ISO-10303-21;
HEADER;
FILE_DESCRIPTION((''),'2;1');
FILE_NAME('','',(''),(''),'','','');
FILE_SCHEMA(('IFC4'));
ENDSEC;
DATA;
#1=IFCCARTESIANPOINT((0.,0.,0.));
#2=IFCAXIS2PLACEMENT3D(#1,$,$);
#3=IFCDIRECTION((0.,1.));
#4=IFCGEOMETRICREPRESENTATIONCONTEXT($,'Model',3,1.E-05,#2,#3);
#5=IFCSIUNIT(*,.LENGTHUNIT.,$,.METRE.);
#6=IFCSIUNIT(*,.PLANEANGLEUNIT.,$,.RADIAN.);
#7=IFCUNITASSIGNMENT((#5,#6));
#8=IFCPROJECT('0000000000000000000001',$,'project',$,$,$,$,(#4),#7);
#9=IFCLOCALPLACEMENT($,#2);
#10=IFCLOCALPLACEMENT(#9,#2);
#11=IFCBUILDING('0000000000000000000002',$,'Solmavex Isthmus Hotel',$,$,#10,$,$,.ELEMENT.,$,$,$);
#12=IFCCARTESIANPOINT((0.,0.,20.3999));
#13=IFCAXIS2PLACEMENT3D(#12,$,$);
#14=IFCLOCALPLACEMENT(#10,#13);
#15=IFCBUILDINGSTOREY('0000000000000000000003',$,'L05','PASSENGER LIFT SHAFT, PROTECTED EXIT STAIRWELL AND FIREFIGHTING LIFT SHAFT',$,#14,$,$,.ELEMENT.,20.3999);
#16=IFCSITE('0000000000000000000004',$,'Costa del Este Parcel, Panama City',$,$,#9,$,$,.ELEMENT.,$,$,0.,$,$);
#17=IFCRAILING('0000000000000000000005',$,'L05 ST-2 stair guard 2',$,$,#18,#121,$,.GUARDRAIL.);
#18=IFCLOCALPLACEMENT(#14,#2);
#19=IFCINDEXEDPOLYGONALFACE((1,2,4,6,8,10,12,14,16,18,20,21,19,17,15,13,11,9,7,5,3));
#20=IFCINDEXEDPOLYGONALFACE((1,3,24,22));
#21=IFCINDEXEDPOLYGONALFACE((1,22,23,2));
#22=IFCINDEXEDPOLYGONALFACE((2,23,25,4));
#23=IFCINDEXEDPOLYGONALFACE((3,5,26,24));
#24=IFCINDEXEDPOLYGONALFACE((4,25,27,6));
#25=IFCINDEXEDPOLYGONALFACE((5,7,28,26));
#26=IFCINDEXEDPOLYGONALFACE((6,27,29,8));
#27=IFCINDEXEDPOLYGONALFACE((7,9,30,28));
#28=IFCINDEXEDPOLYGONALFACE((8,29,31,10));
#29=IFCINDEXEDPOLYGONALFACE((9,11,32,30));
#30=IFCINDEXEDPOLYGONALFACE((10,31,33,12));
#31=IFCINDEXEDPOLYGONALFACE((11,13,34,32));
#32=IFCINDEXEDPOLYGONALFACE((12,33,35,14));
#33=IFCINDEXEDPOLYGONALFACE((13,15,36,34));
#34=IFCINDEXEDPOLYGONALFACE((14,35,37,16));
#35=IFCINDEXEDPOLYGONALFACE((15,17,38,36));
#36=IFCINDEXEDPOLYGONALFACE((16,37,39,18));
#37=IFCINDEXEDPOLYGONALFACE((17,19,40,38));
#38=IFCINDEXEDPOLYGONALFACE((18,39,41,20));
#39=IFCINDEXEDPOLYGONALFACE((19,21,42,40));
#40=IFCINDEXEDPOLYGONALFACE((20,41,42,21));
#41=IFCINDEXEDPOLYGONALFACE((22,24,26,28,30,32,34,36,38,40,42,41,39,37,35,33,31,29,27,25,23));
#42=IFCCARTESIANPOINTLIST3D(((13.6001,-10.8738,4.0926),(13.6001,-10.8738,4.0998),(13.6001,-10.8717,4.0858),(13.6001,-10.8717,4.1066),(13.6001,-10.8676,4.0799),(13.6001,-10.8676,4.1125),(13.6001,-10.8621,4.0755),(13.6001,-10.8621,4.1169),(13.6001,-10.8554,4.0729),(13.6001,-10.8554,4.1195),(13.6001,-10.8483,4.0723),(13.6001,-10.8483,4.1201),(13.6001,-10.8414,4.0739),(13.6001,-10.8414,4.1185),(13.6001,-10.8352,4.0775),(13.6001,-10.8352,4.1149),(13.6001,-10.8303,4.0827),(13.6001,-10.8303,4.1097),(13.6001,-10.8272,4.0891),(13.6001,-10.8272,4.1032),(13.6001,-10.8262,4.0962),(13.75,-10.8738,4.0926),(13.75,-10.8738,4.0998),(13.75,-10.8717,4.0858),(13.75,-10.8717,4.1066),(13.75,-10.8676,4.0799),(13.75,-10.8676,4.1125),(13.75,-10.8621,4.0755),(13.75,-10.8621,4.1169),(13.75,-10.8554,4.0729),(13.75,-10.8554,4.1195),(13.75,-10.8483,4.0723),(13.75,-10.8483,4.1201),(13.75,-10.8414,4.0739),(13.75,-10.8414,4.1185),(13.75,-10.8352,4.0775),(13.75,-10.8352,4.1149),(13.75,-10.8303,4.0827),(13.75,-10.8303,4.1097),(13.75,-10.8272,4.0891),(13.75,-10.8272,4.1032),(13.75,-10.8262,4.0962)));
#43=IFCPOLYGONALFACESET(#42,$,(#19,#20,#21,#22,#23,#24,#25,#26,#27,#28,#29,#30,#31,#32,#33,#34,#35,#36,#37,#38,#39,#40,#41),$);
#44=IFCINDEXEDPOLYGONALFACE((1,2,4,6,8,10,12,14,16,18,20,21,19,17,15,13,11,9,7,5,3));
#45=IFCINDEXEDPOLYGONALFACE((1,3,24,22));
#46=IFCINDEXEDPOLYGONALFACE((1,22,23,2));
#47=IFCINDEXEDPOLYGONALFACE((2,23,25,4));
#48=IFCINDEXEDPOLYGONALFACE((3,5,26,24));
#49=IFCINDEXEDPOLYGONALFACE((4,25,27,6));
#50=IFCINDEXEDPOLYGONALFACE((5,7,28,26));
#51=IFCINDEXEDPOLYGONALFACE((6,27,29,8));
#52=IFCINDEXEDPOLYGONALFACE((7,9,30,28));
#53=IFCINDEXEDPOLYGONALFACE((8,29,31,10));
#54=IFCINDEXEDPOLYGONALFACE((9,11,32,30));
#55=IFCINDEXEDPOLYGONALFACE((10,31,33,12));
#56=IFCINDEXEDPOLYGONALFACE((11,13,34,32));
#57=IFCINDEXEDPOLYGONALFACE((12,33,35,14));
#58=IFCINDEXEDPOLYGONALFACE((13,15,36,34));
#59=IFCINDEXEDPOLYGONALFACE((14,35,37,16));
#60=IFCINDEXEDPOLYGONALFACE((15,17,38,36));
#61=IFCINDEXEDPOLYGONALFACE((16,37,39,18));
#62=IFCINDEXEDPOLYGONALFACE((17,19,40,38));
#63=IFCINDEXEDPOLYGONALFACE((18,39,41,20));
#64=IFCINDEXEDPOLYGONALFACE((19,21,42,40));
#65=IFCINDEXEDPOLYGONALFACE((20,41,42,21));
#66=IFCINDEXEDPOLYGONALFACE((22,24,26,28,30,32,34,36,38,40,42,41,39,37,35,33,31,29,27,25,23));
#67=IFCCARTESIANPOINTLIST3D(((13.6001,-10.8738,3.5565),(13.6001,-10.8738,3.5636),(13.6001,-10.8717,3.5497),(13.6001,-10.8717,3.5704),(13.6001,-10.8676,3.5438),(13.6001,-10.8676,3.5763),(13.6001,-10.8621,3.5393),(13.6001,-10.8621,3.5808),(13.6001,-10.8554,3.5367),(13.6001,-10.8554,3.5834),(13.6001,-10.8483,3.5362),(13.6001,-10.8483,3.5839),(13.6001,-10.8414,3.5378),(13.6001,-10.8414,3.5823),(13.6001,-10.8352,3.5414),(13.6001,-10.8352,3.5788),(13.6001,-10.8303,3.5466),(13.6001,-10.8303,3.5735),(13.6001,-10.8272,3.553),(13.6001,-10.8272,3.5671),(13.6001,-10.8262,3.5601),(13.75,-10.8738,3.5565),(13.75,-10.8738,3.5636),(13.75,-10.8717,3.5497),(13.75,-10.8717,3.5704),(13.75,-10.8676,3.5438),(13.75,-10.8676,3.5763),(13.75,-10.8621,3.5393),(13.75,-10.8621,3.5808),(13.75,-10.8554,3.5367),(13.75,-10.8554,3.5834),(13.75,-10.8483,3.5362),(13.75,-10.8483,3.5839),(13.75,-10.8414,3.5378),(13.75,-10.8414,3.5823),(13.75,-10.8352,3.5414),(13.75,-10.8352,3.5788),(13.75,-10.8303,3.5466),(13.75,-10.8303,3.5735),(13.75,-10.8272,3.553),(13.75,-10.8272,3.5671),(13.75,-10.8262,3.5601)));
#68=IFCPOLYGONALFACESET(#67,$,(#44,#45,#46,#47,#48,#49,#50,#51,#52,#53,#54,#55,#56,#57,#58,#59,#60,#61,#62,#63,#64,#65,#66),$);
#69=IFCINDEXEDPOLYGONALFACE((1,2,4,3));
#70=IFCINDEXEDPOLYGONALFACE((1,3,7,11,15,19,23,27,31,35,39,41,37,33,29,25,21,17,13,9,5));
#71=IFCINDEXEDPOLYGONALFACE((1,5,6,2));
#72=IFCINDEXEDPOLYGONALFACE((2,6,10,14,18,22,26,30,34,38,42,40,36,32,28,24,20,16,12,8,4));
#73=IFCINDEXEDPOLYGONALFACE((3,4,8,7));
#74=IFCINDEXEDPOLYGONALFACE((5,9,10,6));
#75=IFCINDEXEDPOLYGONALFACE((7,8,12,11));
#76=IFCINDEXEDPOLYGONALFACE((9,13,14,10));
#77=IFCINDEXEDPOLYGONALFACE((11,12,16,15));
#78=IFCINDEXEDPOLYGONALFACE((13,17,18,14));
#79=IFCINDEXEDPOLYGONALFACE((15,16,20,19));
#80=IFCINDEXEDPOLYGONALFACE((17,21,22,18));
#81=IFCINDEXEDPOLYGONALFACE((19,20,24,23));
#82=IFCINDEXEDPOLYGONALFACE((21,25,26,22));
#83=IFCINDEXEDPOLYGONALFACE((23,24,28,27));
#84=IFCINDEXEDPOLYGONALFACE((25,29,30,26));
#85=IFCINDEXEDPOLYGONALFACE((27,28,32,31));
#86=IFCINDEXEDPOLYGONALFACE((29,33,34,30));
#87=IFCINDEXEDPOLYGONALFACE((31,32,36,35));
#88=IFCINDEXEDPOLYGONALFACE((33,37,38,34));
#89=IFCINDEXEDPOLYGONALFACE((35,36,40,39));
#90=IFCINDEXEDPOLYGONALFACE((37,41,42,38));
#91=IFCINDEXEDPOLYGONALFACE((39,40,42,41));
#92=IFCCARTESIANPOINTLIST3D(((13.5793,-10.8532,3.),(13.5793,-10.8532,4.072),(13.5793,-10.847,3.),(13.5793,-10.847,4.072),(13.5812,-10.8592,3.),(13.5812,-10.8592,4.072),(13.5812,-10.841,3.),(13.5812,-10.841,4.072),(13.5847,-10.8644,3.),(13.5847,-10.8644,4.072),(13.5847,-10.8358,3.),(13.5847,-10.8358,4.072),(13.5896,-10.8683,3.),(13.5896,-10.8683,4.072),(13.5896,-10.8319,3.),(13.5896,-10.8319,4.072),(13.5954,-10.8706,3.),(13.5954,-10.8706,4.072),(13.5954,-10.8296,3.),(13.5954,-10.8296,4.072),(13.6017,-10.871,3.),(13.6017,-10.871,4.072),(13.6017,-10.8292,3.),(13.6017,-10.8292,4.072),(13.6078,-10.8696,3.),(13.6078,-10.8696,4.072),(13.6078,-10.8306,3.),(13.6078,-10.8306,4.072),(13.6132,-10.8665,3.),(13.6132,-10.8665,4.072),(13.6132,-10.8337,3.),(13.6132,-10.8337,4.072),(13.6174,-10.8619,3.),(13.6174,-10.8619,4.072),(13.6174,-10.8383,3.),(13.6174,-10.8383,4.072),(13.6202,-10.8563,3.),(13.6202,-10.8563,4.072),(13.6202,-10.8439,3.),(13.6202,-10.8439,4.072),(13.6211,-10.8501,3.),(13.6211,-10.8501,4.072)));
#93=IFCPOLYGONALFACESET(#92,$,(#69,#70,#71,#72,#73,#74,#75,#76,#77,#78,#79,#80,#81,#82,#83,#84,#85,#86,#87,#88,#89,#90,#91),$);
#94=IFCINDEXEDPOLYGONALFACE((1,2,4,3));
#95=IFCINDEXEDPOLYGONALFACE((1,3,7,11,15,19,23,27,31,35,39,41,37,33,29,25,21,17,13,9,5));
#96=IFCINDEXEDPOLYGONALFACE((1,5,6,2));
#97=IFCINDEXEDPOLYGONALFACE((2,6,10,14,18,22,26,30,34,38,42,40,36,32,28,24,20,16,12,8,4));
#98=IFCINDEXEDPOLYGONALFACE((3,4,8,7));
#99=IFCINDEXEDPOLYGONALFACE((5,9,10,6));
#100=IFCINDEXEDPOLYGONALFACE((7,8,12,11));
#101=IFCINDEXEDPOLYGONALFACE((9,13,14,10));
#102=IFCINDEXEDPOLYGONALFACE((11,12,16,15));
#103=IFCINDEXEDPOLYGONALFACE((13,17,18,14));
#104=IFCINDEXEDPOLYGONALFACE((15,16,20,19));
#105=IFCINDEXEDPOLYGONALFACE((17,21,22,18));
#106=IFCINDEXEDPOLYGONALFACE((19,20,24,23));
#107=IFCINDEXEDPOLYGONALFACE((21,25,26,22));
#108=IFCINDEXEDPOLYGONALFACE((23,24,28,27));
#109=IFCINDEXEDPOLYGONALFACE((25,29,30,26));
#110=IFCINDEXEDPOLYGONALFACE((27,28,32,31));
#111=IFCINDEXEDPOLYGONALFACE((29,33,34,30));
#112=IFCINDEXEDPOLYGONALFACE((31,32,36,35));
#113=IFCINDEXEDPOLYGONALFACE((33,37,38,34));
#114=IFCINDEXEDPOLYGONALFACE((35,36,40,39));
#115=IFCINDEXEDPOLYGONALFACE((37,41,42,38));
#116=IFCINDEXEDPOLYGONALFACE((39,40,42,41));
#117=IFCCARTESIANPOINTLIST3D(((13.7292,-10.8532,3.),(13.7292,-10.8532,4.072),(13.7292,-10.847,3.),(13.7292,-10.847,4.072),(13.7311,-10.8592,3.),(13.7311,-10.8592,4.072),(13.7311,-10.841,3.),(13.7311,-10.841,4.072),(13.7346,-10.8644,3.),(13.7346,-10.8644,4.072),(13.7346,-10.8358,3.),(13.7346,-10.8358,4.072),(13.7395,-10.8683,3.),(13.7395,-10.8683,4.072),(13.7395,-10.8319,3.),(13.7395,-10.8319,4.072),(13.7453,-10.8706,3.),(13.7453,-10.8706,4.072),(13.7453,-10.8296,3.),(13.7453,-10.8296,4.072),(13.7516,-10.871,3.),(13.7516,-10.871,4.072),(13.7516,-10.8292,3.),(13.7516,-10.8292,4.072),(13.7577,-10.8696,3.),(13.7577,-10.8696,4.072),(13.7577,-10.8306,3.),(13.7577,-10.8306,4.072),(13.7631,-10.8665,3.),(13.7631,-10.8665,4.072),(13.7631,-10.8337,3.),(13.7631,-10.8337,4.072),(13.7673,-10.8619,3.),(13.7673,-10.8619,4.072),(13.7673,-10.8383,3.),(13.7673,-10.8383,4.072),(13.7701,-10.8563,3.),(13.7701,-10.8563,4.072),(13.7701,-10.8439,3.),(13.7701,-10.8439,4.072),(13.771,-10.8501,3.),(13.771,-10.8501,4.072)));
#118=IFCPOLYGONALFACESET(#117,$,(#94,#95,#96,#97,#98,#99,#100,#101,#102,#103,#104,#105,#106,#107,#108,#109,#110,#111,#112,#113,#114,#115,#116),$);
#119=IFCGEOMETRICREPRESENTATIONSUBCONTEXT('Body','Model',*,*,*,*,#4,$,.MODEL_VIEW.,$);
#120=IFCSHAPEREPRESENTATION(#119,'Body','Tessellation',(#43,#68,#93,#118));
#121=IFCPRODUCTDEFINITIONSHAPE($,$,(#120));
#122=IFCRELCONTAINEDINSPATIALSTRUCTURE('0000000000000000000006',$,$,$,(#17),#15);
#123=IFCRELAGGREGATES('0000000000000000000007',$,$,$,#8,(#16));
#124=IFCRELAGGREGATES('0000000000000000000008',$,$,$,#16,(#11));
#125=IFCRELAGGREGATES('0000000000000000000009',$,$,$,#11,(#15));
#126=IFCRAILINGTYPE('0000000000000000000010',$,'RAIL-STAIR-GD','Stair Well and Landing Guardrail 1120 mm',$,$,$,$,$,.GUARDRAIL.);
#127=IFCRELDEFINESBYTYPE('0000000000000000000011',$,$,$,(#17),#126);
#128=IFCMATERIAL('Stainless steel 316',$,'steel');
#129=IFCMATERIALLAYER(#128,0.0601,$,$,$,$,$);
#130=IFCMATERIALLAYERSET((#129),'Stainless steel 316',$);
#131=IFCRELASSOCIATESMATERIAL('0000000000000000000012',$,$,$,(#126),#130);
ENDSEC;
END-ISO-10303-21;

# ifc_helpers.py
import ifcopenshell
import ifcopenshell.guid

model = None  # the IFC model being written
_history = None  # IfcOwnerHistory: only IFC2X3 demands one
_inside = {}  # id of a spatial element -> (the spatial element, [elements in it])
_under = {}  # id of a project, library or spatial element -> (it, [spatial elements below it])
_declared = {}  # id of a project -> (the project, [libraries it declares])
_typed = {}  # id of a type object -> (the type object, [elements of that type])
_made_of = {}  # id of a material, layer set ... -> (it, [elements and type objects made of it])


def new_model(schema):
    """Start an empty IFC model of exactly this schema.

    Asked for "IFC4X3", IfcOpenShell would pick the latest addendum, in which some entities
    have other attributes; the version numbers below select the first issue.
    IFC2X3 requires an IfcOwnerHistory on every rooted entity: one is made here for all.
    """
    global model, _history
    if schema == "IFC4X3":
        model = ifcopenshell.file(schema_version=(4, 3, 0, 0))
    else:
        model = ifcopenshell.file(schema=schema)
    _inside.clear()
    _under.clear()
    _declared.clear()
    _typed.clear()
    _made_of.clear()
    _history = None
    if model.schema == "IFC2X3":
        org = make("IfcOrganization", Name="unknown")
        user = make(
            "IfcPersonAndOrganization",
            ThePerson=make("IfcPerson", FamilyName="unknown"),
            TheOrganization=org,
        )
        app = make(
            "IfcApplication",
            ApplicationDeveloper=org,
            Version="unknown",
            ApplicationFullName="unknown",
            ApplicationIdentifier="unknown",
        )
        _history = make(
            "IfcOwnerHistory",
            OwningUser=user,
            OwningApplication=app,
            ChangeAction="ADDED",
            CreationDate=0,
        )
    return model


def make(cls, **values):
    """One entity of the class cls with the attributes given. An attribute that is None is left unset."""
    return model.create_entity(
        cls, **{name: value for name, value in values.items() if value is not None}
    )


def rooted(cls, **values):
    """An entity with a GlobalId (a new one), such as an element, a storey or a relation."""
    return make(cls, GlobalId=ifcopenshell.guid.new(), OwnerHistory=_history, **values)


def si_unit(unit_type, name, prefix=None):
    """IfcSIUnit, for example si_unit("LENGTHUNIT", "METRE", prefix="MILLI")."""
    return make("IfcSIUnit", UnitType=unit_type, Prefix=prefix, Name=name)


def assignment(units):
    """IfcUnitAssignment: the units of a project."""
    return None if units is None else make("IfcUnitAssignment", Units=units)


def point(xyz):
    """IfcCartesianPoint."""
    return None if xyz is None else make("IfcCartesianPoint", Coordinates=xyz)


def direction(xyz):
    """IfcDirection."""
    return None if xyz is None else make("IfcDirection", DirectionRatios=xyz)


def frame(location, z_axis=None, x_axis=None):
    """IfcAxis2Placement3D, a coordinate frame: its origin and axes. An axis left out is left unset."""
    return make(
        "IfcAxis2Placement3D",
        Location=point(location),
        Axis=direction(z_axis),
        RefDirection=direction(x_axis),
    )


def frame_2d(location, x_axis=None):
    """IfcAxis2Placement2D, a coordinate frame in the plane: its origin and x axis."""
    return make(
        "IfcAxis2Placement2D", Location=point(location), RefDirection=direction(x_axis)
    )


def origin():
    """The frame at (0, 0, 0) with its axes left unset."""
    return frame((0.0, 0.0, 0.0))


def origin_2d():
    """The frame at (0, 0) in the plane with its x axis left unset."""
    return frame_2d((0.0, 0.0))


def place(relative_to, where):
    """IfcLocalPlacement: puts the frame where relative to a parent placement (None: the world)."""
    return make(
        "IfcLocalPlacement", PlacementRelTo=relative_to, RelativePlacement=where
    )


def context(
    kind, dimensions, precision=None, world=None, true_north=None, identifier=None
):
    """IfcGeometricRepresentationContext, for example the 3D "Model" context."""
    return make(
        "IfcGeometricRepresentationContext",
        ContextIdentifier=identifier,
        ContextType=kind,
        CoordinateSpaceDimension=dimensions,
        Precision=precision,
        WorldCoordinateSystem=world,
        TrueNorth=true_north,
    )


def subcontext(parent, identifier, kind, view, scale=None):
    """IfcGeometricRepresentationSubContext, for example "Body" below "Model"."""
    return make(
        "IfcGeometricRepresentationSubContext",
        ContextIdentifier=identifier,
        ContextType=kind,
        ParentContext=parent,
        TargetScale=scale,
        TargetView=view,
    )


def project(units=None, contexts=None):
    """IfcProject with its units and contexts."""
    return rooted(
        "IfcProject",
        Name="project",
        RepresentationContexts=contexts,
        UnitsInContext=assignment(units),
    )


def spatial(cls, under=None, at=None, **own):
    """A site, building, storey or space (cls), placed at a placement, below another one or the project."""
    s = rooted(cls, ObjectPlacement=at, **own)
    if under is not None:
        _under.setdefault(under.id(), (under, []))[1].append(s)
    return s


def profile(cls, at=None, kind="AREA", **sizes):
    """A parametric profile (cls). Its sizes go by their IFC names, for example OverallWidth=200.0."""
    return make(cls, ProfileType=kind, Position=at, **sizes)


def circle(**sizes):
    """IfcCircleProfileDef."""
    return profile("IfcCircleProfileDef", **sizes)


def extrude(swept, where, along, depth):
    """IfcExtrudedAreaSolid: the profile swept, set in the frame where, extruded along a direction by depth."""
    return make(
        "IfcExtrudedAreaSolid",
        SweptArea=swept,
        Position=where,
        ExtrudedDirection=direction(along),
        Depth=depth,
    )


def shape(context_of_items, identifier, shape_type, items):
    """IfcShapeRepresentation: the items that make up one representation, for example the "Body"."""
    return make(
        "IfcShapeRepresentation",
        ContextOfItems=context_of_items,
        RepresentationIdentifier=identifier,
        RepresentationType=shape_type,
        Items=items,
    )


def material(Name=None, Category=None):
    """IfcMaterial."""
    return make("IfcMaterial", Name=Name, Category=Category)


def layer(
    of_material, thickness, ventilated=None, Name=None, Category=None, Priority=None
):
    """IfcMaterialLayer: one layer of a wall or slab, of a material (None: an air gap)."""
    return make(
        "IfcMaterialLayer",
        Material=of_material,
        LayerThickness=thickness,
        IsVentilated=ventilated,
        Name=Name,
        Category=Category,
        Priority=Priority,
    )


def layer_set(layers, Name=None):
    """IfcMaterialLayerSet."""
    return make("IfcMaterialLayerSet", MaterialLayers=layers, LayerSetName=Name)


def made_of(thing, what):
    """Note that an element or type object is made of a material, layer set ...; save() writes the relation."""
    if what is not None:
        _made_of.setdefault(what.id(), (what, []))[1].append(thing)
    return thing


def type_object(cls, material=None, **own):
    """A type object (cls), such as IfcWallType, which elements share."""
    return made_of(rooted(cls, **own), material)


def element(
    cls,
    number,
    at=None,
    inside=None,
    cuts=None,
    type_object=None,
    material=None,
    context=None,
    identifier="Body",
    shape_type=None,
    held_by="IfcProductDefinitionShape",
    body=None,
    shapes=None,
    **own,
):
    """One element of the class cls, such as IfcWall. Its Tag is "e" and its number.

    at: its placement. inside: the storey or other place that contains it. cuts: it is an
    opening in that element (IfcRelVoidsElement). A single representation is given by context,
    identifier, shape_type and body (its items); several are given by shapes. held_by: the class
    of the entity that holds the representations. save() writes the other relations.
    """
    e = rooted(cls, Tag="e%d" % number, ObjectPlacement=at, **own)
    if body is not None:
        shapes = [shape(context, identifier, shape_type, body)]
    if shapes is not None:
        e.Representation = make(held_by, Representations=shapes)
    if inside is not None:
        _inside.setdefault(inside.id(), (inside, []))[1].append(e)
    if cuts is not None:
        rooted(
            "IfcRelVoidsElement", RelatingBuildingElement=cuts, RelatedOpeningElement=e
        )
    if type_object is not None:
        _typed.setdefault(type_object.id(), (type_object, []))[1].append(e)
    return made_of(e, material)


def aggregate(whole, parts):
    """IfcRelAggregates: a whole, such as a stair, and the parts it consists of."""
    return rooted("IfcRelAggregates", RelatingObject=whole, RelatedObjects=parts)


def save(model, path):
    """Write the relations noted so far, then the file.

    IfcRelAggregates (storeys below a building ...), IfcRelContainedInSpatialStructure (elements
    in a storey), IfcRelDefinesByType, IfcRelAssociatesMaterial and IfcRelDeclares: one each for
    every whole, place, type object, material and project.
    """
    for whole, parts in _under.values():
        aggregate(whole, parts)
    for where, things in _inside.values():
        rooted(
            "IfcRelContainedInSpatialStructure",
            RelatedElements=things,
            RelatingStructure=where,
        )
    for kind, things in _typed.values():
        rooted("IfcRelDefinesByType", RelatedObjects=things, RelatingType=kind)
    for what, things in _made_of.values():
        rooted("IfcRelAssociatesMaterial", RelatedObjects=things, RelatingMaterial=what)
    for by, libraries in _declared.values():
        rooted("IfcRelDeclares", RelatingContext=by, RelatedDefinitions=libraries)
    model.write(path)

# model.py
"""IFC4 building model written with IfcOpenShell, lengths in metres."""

from ifc_helpers import new_model, si_unit, direction, frame, origin, origin_2d, place, context, subcontext, project, spatial, circle, extrude, material, layer, layer_set, type_object, element, save


model = new_model("IFC4")

# Units and contexts
model_context = context("Model", 3, precision=1e-05, world=origin(), true_north=direction((0.0, 1.0)))
body_context = subcontext(model_context, "Body", "Model", "MODEL_VIEW")
ifc_project = project(units=[si_unit("LENGTHUNIT", "METRE"), si_unit("PLANEANGLEUNIT", "RADIAN")], contexts=[model_context])

# Site, building, storey
site_placement = place(None, origin())
site = spatial("IfcSite", under=ifc_project, at=site_placement, Name="Costa del Este Parcel, Panama City", CompositionType="ELEMENT", RefElevation=0.0)
building_placement = place(site_placement, origin())
building = spatial("IfcBuilding", under=site, at=building_placement, Name="Solmavex Isthmus Hotel", CompositionType="ELEMENT")
storey_placement = place(building_placement, frame((0.0, 0.0, 20.3999)))
storey = spatial("IfcBuildingStorey", under=building, at=storey_placement, Name="L05", Description="PASSENGER LIFT SHAFT, PROTECTED EXIT STAIRWELL AND FIREFIGHTING LIFT SHAFT", CompositionType="ELEMENT", Elevation=20.3999)

# Railing
ifc_material_1 = material(Name="Stainless steel 316", Category="steel")
ifc_layer_1 = layer(ifc_material_1, 0.0601)
ifc_layer_set_1 = layer_set([ifc_layer_1], Name="Stainless steel 316")
railing_type = type_object("IfcRailingType", Name="RAIL-STAIR-GD", Description="Stair Well and Landing Guardrail 1120 mm", PredefinedType="GUARDRAIL", material=ifc_layer_set_1)
railing_placement = place(storey_placement, frame((13.6001, -10.8501, 3.0)))
element("IfcRailing", 1, at=railing_placement, inside=storey, type_object=railing_type, Name="L05 ST-2 stair guard 2", PredefinedType="GUARDRAIL", context=body_context, shape_type="SweptSolid", body=[
    extrude(circle(Radius=0.0239, at=origin_2d()), frame((0.0, 0.0, 1.0962), z_axis=(1.0, 0.0, 0.0), x_axis=(0.0, 1.0, 0.0)), (0.0, 0.0, 1.0), 0.1499),
    extrude(circle(Radius=0.0239, at=origin_2d()), frame((0.0, 0.0, 0.5601), z_axis=(1.0, 0.0, 0.0), x_axis=(0.0, 1.0, 0.0)), (0.0, 0.0, 1.0), 0.1499),
    extrude(circle(Radius=0.021, at=origin_2d()), origin(), (0.0, 0.0, 1.0), 1.072),
    extrude(circle(Radius=0.021, at=origin_2d()), frame((0.1499, 0.0, 0.0)), (0.0, 0.0, 1.0), 1.072),
])

save(model, "model.ifc")
